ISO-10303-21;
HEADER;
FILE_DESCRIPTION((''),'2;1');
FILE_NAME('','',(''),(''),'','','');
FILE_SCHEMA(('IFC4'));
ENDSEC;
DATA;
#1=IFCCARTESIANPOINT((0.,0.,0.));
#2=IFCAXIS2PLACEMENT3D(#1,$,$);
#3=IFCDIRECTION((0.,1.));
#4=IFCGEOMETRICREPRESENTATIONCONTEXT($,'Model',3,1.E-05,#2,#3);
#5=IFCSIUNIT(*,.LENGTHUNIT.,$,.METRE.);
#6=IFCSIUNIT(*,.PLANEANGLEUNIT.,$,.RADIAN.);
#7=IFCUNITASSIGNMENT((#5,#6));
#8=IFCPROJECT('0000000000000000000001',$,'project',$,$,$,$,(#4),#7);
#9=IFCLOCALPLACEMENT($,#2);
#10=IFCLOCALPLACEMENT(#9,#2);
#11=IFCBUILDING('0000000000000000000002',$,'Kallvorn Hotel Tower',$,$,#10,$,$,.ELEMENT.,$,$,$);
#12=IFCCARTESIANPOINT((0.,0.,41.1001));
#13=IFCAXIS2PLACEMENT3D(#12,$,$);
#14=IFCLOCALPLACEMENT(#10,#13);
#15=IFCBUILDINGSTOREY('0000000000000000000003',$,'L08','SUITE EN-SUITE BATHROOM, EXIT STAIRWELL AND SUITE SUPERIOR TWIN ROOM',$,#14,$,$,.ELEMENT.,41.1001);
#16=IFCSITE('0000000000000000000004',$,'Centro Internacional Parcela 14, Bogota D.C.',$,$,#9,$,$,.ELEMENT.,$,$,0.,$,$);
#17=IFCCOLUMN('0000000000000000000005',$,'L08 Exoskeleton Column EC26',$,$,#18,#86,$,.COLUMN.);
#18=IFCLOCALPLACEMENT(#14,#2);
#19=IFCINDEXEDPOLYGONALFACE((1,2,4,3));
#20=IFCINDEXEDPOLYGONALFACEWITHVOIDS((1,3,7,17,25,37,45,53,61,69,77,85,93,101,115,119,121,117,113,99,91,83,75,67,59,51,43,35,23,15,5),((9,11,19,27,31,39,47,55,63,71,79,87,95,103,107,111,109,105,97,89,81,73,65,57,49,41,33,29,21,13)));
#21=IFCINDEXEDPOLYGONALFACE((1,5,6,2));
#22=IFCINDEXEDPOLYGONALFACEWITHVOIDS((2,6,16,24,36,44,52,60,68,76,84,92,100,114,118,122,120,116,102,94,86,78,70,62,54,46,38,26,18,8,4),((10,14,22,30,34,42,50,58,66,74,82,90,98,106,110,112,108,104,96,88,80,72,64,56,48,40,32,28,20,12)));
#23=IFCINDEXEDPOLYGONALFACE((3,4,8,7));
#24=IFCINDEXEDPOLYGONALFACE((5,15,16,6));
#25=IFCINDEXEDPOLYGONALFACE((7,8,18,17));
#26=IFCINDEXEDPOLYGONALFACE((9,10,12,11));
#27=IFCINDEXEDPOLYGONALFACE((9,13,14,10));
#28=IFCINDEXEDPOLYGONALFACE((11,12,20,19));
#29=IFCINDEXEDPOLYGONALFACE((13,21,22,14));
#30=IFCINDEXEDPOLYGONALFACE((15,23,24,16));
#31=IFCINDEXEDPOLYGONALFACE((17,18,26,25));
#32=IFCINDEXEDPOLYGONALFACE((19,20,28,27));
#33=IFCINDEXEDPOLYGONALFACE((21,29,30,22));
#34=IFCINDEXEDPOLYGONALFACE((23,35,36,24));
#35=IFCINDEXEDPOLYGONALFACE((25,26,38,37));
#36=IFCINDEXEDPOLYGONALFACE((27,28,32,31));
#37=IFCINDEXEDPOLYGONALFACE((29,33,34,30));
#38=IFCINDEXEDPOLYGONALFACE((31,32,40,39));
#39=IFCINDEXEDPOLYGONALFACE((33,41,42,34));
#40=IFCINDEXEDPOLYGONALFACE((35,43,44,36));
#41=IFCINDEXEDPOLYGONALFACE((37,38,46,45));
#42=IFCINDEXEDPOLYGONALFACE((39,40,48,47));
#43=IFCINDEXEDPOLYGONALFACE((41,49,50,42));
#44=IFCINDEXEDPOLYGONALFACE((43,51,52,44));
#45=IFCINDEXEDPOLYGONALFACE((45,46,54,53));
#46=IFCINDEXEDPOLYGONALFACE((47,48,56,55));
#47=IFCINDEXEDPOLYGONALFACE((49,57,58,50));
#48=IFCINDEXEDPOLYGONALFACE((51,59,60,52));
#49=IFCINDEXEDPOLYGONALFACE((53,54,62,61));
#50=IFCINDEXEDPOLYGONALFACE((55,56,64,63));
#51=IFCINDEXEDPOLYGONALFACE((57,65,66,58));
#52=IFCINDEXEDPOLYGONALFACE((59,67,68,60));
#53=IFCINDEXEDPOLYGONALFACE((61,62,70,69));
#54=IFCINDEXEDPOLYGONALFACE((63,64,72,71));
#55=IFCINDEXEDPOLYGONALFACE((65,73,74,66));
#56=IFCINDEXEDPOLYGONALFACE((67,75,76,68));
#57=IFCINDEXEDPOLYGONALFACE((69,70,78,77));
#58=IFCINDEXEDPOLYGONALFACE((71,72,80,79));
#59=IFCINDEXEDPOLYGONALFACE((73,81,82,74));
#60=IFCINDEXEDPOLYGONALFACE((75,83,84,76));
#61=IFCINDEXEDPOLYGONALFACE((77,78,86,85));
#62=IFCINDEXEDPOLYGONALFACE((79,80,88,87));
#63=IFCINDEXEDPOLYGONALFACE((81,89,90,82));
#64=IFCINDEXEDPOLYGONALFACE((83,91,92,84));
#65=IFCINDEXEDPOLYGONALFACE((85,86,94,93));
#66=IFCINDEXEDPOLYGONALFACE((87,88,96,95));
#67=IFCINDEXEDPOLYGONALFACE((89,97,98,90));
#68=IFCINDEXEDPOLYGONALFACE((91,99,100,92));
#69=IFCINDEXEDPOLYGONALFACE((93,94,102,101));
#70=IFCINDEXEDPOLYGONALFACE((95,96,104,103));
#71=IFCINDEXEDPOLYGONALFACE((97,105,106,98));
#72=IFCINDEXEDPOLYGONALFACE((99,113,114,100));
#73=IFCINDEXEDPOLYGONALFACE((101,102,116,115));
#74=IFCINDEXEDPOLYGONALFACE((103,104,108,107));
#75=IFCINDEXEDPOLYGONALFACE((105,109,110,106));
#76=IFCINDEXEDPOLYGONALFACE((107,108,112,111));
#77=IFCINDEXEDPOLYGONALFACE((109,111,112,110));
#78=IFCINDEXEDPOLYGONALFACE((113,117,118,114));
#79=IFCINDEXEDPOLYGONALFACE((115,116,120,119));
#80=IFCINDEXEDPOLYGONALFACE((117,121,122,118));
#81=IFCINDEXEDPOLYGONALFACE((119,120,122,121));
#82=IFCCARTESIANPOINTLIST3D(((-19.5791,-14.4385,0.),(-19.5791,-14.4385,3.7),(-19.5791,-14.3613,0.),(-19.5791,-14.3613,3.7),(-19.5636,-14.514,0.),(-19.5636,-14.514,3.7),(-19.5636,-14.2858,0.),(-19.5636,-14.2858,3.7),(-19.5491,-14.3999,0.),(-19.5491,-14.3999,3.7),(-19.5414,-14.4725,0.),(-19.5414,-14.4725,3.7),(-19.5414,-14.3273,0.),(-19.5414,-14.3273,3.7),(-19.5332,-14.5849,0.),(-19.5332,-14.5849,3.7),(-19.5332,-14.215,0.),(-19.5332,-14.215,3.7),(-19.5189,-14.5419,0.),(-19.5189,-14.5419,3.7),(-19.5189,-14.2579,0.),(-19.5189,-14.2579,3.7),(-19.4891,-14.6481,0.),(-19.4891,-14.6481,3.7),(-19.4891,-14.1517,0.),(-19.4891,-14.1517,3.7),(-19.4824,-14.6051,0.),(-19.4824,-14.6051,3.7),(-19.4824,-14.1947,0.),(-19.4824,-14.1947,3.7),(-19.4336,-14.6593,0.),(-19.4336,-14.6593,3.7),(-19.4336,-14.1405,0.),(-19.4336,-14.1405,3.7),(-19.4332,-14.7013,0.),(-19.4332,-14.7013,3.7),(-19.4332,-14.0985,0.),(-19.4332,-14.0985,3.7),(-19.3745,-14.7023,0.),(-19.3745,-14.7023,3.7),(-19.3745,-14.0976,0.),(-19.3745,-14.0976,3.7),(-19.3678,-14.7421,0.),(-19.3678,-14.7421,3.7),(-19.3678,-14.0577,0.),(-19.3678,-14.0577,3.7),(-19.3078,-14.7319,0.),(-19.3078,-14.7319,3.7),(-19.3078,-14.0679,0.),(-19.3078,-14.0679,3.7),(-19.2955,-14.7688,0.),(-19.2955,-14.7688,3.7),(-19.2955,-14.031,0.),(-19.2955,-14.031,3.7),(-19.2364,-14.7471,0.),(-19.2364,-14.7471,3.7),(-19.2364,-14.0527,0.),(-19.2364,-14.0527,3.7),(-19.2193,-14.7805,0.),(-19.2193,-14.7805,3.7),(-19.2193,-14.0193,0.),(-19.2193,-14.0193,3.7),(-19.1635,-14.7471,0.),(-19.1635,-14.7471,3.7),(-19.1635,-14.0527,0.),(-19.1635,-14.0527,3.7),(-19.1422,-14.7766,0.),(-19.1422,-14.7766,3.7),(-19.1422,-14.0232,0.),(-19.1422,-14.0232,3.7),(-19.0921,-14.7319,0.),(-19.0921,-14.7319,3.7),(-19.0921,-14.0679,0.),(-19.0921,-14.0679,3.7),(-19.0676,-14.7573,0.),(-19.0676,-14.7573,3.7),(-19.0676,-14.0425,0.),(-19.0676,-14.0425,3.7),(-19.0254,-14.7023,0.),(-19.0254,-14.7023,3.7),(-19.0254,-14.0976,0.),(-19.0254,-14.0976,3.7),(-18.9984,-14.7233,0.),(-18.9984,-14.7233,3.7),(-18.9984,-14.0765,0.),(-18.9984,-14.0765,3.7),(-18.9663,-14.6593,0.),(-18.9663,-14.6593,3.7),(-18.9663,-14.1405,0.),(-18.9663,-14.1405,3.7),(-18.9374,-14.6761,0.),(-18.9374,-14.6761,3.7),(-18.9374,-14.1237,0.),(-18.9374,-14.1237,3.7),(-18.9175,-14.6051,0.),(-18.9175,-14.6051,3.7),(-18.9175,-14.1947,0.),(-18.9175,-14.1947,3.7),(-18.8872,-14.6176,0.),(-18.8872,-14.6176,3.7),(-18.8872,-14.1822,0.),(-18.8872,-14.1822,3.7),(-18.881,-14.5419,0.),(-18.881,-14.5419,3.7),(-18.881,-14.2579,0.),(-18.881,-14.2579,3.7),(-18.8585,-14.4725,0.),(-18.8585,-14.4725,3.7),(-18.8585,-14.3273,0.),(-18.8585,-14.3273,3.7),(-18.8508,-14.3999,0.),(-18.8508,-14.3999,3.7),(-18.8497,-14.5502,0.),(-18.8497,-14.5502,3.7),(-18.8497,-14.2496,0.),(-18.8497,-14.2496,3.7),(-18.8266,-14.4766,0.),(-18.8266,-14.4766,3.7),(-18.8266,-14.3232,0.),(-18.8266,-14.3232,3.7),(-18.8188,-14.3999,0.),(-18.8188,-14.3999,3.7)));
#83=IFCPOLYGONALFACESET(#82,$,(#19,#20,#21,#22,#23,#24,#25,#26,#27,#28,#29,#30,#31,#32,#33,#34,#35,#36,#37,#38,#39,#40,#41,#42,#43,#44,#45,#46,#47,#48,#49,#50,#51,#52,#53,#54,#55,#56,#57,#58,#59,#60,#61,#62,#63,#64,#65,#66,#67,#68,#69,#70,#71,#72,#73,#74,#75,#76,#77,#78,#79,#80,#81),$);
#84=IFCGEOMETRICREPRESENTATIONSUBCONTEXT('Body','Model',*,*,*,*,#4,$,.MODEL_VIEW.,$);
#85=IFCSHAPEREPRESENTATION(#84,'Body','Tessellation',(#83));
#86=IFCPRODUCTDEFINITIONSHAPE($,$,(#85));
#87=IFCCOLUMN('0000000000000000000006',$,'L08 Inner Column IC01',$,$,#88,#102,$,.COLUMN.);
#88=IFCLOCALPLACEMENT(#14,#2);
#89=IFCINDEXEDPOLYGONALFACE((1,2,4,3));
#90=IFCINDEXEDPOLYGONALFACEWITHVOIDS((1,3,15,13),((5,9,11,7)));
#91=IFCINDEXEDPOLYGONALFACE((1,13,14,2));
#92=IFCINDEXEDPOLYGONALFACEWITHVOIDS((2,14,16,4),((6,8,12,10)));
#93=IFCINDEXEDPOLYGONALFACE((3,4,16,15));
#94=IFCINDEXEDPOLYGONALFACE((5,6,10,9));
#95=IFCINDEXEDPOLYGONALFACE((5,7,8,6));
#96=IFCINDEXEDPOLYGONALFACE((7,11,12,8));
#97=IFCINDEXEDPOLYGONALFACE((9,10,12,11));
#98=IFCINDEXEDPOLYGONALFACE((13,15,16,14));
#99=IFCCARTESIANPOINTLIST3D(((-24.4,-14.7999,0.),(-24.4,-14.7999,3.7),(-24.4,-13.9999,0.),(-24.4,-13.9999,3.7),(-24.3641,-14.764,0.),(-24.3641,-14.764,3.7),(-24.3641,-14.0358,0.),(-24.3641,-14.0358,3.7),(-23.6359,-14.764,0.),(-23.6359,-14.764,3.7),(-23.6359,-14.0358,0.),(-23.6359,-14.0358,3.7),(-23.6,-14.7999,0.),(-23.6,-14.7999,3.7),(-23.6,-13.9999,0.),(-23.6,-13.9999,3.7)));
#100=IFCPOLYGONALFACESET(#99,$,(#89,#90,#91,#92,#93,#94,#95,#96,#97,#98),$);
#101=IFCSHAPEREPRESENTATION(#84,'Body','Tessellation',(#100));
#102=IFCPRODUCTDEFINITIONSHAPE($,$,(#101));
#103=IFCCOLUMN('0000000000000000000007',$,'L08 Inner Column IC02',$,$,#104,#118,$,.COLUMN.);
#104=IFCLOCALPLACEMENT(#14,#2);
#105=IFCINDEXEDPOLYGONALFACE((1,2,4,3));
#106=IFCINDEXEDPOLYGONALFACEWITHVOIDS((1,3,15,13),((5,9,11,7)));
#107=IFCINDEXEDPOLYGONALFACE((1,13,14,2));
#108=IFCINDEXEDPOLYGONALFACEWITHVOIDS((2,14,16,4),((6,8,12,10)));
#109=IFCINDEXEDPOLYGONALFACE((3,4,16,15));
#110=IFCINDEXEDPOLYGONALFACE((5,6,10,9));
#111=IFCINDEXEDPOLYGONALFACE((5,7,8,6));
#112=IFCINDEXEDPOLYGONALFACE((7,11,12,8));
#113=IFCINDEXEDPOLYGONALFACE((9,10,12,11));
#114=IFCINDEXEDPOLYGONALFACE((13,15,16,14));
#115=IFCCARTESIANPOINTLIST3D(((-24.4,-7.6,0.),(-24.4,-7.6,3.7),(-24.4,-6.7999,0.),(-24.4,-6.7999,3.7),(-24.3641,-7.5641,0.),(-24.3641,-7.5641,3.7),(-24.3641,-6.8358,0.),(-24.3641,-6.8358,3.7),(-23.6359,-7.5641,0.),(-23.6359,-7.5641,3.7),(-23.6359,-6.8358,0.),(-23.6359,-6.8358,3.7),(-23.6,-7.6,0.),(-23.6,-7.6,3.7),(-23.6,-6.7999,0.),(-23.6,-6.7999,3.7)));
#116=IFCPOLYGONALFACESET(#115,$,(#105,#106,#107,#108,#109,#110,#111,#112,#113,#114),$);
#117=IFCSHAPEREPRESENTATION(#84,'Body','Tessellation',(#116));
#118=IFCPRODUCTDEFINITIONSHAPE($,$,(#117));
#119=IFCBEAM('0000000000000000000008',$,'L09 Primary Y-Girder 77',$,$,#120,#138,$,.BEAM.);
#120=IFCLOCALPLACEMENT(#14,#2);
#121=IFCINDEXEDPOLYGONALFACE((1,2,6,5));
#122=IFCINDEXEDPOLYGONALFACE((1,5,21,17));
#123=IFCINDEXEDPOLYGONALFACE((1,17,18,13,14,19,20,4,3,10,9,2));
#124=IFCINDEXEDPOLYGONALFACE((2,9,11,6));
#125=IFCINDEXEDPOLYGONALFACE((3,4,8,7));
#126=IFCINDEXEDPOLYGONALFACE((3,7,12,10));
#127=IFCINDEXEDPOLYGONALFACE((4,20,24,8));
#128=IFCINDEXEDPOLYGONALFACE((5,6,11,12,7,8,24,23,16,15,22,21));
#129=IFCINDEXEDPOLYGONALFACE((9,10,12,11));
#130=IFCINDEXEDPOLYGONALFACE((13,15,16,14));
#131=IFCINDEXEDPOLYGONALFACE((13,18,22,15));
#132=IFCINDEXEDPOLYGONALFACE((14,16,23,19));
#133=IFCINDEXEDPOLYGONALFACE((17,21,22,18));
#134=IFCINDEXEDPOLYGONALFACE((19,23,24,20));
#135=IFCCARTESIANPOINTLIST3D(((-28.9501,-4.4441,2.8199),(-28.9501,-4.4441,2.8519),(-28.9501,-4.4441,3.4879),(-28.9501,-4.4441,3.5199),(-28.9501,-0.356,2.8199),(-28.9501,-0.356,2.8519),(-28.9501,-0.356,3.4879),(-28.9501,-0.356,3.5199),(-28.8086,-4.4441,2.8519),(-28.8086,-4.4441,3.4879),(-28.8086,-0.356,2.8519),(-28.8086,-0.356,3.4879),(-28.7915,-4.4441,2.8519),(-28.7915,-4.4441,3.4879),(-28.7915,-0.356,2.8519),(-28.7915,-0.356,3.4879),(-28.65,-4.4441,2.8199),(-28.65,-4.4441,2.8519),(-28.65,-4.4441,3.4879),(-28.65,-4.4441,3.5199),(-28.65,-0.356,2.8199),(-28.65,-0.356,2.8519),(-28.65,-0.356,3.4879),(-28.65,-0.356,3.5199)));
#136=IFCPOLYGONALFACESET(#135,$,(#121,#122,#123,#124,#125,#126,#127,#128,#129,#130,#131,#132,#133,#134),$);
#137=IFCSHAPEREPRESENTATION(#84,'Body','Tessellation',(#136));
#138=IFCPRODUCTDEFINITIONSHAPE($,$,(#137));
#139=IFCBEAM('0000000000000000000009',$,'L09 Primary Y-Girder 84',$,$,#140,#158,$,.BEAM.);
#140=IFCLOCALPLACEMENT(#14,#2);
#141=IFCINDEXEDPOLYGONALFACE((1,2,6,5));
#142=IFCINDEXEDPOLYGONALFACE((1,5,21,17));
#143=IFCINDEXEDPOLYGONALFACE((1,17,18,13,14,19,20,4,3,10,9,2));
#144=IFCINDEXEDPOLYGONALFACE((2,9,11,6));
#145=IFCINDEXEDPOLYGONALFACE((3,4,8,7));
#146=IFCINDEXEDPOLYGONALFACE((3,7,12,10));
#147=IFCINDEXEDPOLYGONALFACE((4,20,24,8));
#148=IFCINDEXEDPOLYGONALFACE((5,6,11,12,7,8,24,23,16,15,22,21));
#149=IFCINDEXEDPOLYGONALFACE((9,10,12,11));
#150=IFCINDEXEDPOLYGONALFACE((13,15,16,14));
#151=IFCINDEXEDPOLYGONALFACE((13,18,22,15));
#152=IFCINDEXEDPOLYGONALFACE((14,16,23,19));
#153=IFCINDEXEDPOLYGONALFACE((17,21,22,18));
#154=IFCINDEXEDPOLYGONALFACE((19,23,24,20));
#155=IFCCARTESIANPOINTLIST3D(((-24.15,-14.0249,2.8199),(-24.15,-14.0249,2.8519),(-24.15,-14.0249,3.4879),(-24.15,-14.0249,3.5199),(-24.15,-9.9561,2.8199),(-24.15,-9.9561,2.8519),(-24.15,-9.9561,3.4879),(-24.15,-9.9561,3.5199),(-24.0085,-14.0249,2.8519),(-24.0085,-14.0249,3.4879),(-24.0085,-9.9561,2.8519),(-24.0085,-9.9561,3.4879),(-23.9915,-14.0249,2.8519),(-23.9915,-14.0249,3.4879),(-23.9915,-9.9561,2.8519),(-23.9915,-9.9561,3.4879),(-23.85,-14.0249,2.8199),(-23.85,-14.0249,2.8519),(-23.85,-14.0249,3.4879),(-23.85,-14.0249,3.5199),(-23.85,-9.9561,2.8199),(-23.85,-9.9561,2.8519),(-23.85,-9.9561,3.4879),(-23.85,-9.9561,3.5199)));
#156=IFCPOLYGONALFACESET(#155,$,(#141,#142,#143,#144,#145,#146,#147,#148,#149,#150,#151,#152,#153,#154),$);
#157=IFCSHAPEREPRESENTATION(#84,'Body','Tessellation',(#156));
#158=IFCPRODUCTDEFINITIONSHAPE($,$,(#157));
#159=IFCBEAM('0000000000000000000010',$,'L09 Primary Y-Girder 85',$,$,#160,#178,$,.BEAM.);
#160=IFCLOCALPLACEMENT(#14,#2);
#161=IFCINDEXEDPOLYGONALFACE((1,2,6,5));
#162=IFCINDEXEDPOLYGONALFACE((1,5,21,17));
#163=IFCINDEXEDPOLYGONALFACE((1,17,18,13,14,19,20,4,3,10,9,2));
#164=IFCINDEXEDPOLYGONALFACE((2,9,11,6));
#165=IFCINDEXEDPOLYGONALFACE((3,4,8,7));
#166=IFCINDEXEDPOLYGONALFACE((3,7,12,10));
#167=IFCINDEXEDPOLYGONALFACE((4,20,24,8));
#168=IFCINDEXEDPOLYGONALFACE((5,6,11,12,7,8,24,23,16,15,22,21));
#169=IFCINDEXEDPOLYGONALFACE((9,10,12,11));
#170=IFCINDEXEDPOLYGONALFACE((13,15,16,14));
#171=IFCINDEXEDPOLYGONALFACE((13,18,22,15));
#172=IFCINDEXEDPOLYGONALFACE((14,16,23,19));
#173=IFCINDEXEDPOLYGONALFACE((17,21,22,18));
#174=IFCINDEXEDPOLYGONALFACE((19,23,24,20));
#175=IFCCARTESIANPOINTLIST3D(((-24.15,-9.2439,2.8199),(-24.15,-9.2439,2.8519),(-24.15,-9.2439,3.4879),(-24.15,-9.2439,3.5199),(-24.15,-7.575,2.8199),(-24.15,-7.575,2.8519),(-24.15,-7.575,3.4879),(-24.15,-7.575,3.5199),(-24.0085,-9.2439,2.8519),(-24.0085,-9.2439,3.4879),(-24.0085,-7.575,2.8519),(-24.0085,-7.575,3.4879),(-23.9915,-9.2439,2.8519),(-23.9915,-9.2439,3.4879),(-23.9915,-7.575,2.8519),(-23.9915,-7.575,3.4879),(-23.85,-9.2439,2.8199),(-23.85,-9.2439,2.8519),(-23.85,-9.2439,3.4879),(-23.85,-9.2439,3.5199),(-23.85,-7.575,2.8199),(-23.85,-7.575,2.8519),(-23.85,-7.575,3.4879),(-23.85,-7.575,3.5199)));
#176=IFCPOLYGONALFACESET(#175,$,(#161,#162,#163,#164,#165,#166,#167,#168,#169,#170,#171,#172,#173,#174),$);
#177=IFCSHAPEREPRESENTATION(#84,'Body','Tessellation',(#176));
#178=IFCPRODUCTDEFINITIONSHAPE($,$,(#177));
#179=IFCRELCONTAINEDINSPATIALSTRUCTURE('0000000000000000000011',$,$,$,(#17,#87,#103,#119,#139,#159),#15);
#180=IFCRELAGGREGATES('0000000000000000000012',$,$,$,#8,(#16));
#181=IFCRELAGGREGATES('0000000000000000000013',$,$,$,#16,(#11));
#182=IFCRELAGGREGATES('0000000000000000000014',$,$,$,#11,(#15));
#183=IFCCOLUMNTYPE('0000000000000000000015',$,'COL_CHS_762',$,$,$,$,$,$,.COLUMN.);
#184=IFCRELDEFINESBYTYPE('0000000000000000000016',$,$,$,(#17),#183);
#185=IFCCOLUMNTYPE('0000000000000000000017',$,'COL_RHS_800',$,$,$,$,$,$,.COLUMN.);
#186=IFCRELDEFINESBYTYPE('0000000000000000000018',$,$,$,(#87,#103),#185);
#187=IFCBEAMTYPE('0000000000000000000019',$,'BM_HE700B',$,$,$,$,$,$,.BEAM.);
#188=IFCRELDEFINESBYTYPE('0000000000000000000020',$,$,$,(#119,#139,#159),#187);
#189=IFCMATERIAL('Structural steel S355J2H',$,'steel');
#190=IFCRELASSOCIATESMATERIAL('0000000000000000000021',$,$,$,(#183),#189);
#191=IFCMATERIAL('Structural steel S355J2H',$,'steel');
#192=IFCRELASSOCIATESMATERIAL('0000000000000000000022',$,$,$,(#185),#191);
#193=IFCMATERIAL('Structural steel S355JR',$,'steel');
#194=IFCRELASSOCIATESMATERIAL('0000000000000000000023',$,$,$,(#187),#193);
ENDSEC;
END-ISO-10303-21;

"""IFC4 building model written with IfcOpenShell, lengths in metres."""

from ifc_helpers import new_model, si_unit, direction, frame, origin, origin_2d, place, context, subcontext, project, spatial, hollow_rectangle, hollow_circle, i_section, extrude, material, material_profile, profile_set, type_object, element, save


model = new_model("IFC4")

# Units and contexts
model_context = context("Model", 3, precision=1e-05, world=origin(), true_north=direction((0.0, 1.0)))
body_context = subcontext(model_context, "Body", "Model", "MODEL_VIEW")
ifc_project = project(units=[si_unit("LENGTHUNIT", "METRE"), si_unit("PLANEANGLEUNIT", "RADIAN")], contexts=[model_context])

# Site, building, storey
site_placement = place(None, origin())
site = spatial("IfcSite", under=ifc_project, at=site_placement, Name="Centro Internacional Parcela 14, Bogota D.C.", CompositionType="ELEMENT", RefElevation=0.0)
building_placement = place(site_placement, origin())
building = spatial("IfcBuilding", under=site, at=building_placement, Name="Kallvorn Hotel Tower", CompositionType="ELEMENT")
storey_placement = place(building_placement, frame((0.0, 0.0, 41.1001)))
storey = spatial("IfcBuildingStorey", under=building, at=storey_placement, Name="L08", Description="SUITE EN-SUITE BATHROOM, EXIT STAIRWELL AND SUITE SUPERIOR TWIN ROOM", CompositionType="ELEMENT", Elevation=41.1001)

# Columns
ifc_material_1 = material(Name="Structural steel S355J2H", Category="steel")
ifc_material_profile_1 = material_profile(ifc_material_1, hollow_circle(Radius=0.3811, WallThickness=0.032, at=origin_2d()), Name="CHS 762x32")
ifc_profile_set_1 = profile_set([ifc_material_profile_1], Name="Structural steel S355J2H")
column_type_1 = type_object("IfcColumnType", Name="COL_CHS_762", PredefinedType="COLUMN", material=ifc_profile_set_1)
for number, where, z_axis, x_axis, name in (
    (1, (-19.2, -14.3999, 0.0), (0.0, 0.0, 1.0), (1.0, 0.0, 0.0), "L08 Exoskeleton Column EC26"),
):
    element("IfcColumn", number, at=place(storey_placement, frame(where, z_axis=z_axis, x_axis=x_axis)), inside=storey, type_object=column_type_1, Name=name, PredefinedType="COLUMN", context=body_context, shape_type="SweptSolid", body=[
        extrude(hollow_circle(Radius=0.3811, WallThickness=0.032, at=origin_2d()), origin(), (0.0, 0.0, 1.0), 3.7),
    ])
ifc_material_2 = material(Name="Structural steel S355J2H", Category="steel")
ifc_material_profile_2 = material_profile(ifc_material_2, hollow_rectangle(XDim=0.8, YDim=0.8, WallThickness=0.0359, at=origin_2d()), Name="RHS 800x800x36")
ifc_profile_set_2 = profile_set([ifc_material_profile_2], Name="Structural steel S355J2H")
column_type_2 = type_object("IfcColumnType", Name="COL_RHS_800", PredefinedType="COLUMN", material=ifc_profile_set_2)
for number, where, z_axis, x_axis, name in (
    (2, (-24.0, -14.3999, 0.0), (0.0, 0.0, 1.0), (1.0, 0.0, 0.0), "L08 Inner Column IC01"),
    (3, (-24.0, -7.2, 0.0), (0.0, 0.0, 1.0), (1.0, 0.0, 0.0), "L08 Inner Column IC02"),
):
    element("IfcColumn", number, at=place(storey_placement, frame(where, z_axis=z_axis, x_axis=x_axis)), inside=storey, type_object=column_type_2, Name=name, PredefinedType="COLUMN", context=body_context, shape_type="SweptSolid", body=[
        extrude(hollow_rectangle(XDim=0.8, YDim=0.8, WallThickness=0.0359, at=origin_2d()), origin(), (0.0, 0.0, 1.0), 3.7),
    ])

# Beams
ifc_material_3 = material(Name="Structural steel S355JR", Category="steel")
ifc_material_profile_3 = material_profile(ifc_material_3, i_section(OverallWidth=0.3, OverallDepth=0.7, WebThickness=0.0171, FlangeThickness=0.032, at=origin_2d()), Name="HE 700 B")
ifc_profile_set_3 = profile_set([ifc_material_profile_3], Name="Structural steel S355JR")
beam_type_1 = type_object("IfcBeamType", Name="BM_HE700B", PredefinedType="BEAM", material=ifc_profile_set_3)
beam_1_placement = place(storey_placement, frame((-28.8, -4.4441, 3.1699), z_axis=(0.0, 1.0, 0.0), x_axis=(-1.0, 0.0, 0.0)))
element("IfcBeam", 4, at=beam_1_placement, inside=storey, type_object=beam_type_1, Name="L09 Primary Y-Girder 77", PredefinedType="BEAM", context=body_context, shape_type="SweptSolid", body=[
    extrude(i_section(OverallWidth=0.3, OverallDepth=0.7, WebThickness=0.0171, FlangeThickness=0.032, at=origin_2d()), origin(), (0.0, 0.0, 1.0), 4.0881),
])
beam_2_placement = place(storey_placement, frame((-24.0, -14.0249, 3.1699), z_axis=(0.0, 1.0, 0.0), x_axis=(-1.0, 0.0, 0.0)))
element("IfcBeam", 5, at=beam_2_placement, inside=storey, type_object=beam_type_1, Name="L09 Primary Y-Girder 84", PredefinedType="BEAM", context=body_context, shape_type="SweptSolid", body=[
    extrude(i_section(OverallWidth=0.3, OverallDepth=0.7, WebThickness=0.0171, FlangeThickness=0.032, at=origin_2d()), origin(), (0.0, 0.0, 1.0), 4.0688),
])
beam_3_placement = place(storey_placement, frame((-24.0, -9.2439, 3.1699), z_axis=(0.0, 1.0, 0.0), x_axis=(-1.0, 0.0, 0.0)))
element("IfcBeam", 6, at=beam_3_placement, inside=storey, type_object=beam_type_1, Name="L09 Primary Y-Girder 85", PredefinedType="BEAM", context=body_context, shape_type="SweptSolid", body=[
    extrude(i_section(OverallWidth=0.3, OverallDepth=0.7, WebThickness=0.0171, FlangeThickness=0.032, at=origin_2d()), origin(), (0.0, 0.0, 1.0), 1.6689),
])

save(model, "model.ifc")
